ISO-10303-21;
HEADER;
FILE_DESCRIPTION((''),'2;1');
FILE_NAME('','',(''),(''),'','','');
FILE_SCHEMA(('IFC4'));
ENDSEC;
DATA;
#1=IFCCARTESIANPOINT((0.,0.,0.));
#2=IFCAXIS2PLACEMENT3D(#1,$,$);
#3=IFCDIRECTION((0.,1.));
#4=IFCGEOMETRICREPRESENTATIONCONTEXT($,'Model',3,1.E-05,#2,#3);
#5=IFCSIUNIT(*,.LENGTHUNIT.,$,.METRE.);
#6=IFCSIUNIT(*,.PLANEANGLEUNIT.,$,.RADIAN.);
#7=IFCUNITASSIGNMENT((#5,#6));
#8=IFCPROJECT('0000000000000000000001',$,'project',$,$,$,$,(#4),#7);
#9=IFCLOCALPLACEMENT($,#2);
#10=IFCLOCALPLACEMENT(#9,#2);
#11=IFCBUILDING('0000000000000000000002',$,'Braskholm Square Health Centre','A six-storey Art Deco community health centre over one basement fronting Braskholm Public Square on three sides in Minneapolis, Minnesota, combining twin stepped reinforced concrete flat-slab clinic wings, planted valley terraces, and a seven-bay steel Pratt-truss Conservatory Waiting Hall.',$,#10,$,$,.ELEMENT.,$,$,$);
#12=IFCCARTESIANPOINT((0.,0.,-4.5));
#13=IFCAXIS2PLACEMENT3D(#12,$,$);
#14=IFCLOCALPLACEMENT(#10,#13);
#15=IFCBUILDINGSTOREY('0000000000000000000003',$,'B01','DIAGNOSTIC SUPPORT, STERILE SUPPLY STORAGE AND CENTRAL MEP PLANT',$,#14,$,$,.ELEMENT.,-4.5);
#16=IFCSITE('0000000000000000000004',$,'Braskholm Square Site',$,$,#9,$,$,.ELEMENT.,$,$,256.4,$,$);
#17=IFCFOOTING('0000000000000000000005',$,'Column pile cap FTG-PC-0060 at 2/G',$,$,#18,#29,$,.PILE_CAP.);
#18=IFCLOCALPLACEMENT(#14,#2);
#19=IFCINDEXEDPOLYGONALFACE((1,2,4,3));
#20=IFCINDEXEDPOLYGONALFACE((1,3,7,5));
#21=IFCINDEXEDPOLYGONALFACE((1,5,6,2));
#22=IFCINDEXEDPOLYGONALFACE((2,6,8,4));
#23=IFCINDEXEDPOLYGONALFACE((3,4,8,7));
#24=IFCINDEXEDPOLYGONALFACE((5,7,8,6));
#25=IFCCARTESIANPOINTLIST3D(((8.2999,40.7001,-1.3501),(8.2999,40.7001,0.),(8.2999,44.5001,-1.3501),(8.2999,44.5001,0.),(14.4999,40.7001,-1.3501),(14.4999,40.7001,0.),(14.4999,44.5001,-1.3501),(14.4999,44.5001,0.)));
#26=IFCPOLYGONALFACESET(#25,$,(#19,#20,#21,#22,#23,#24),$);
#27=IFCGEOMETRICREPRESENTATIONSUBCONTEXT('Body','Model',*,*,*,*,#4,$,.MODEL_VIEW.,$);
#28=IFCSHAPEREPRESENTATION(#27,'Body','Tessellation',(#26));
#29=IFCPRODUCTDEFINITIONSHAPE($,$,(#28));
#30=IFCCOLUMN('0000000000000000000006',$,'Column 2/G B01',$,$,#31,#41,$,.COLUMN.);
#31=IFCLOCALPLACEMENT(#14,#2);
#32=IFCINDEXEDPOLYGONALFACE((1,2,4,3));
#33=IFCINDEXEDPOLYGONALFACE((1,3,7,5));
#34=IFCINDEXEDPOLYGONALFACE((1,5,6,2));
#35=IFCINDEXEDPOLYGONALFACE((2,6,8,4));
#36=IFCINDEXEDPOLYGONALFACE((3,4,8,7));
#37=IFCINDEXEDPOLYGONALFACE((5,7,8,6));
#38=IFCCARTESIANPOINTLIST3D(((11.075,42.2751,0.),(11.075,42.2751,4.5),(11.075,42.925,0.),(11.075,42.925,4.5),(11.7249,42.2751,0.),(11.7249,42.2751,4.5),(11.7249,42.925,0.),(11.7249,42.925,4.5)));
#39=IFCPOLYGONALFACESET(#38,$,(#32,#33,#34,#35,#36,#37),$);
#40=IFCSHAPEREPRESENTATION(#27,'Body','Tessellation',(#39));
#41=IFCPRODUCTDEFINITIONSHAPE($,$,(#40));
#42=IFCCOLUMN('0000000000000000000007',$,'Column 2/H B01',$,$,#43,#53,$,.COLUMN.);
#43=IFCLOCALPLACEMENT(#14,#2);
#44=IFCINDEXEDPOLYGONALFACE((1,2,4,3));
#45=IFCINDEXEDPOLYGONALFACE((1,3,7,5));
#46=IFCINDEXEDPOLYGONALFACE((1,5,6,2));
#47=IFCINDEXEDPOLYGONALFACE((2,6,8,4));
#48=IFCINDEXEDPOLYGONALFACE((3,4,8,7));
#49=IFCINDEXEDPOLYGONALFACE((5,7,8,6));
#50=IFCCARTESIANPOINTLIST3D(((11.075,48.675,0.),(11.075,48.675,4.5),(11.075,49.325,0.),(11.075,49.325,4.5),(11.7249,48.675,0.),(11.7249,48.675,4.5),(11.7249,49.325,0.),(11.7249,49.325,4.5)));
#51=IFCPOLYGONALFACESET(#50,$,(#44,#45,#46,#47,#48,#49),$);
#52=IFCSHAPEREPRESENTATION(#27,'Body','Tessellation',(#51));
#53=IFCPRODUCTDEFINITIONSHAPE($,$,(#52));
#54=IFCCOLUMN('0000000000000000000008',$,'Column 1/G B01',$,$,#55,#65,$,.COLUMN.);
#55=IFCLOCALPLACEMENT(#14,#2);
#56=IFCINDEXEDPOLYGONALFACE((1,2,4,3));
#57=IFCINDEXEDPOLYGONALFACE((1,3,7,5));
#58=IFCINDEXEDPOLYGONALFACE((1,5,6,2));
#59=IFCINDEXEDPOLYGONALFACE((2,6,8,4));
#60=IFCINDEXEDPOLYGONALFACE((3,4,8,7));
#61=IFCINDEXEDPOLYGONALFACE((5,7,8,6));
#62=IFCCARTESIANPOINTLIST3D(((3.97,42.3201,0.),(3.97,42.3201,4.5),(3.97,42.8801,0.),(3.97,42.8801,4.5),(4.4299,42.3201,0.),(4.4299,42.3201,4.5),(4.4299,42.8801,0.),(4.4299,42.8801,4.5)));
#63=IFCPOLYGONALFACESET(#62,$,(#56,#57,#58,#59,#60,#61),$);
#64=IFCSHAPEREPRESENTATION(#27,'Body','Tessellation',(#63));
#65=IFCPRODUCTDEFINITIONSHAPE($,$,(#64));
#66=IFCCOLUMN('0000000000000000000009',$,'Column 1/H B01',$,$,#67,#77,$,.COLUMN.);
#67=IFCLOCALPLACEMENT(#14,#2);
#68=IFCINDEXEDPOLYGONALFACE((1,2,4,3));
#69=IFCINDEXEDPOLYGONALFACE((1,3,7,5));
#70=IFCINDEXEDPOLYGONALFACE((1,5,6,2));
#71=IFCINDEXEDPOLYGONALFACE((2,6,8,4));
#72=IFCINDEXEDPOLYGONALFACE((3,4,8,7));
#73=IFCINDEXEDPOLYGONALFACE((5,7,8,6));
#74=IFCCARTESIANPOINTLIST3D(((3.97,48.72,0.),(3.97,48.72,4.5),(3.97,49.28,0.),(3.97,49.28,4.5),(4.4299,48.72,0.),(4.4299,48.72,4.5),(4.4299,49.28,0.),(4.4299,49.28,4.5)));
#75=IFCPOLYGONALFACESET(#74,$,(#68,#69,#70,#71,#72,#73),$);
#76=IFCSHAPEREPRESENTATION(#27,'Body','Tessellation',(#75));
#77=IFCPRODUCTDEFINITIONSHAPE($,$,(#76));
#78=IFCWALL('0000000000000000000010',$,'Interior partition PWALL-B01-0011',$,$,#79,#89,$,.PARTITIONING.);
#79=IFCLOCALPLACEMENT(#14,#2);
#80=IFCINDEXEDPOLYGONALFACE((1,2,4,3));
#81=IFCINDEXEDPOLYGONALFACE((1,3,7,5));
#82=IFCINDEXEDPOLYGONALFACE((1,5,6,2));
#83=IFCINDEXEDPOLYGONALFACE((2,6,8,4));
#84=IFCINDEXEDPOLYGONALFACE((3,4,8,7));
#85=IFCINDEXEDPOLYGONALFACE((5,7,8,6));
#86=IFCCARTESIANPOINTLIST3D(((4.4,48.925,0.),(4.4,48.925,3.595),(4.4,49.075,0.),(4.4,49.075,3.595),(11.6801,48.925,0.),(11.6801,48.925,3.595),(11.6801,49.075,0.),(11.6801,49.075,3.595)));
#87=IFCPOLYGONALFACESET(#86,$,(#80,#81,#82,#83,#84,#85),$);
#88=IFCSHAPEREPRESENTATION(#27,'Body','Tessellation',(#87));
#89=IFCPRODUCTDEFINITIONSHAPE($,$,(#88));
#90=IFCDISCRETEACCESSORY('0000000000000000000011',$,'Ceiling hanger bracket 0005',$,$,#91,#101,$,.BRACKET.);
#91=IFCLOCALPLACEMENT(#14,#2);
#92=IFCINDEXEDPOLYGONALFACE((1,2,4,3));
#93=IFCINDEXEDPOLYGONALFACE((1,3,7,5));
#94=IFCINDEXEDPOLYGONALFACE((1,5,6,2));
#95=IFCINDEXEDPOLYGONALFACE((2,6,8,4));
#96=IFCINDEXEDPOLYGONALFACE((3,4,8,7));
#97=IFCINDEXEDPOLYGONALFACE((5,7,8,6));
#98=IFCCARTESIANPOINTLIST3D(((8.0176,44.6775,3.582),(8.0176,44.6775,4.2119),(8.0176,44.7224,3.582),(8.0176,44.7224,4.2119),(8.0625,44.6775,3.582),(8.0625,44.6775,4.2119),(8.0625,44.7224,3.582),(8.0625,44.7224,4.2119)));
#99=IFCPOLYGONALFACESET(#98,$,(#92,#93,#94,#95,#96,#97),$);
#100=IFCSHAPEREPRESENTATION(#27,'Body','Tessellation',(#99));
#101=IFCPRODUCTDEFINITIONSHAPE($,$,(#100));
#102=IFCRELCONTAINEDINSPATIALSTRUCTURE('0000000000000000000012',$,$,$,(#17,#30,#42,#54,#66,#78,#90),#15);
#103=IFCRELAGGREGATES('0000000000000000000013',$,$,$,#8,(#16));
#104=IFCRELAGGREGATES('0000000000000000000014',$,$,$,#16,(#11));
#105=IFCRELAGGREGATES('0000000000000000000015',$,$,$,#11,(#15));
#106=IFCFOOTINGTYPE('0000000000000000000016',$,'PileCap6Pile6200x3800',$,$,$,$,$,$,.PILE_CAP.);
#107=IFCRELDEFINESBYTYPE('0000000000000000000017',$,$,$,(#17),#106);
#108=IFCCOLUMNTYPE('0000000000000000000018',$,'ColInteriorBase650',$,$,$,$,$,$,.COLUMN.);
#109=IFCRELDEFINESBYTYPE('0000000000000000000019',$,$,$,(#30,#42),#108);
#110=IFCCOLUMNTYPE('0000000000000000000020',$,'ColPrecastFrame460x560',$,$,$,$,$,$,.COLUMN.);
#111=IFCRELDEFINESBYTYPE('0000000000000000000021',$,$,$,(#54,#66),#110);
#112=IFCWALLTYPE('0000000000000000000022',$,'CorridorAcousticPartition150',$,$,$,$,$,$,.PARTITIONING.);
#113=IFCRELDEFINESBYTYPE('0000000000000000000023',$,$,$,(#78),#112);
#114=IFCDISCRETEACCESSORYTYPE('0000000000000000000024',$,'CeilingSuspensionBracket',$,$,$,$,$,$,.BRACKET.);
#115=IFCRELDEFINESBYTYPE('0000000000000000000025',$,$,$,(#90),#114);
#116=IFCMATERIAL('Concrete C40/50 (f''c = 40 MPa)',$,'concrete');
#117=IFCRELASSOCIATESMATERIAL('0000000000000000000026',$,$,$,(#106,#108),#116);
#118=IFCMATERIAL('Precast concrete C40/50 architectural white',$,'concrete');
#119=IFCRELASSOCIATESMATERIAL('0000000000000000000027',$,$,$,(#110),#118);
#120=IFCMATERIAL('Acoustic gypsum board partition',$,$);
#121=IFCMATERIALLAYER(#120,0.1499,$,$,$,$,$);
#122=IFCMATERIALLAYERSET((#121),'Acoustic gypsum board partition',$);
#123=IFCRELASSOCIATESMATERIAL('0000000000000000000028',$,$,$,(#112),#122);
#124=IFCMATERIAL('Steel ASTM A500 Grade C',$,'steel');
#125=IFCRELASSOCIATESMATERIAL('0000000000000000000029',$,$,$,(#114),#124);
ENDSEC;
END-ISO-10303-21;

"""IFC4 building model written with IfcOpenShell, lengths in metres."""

from ifc_helpers import new_model, si_unit, direction, frame, frame_2d, origin, origin_2d, place, context, subcontext, project, spatial, rectangle, extrude, material, layer, layer_set, material_profile, profile_set, type_object, element, save


model = new_model("IFC4")

# Units and contexts
model_context = context("Model", 3, precision=1e-05, world=origin(), true_north=direction((0.0, 1.0)))
body_context = subcontext(model_context, "Body", "Model", "MODEL_VIEW")
ifc_project = project(units=[si_unit("LENGTHUNIT", "METRE"), si_unit("PLANEANGLEUNIT", "RADIAN")], contexts=[model_context])

# Site, building, storey
site_placement = place(None, origin())
site = spatial("IfcSite", under=ifc_project, at=site_placement, Name="Braskholm Square Site", CompositionType="ELEMENT", RefElevation=256.4)
building_placement = place(site_placement, origin())
building = spatial("IfcBuilding", under=site, at=building_placement, Name="Braskholm Square Health Centre", Description="A six-storey Art Deco community health centre over one basement fronting Braskholm Public Square on three sides in Minneapolis, Minnesota, combining twin stepped reinforced concrete flat-slab clinic wings, planted valley terraces, and a seven-bay steel Pratt-truss Conservatory Waiting Hall.", CompositionType="ELEMENT")
storey_placement = place(building_placement, frame((0.0, 0.0, -4.5)))
storey = spatial("IfcBuildingStorey", under=building, at=storey_placement, Name="B01", Description="DIAGNOSTIC SUPPORT, STERILE SUPPLY STORAGE AND CENTRAL MEP PLANT", CompositionType="ELEMENT", Elevation=-4.5)

# Shared definitions
ifc_material_1 = material(Name="Concrete C40/50 (f'c = 40 MPa)", Category="concrete")

# Footing
footing_type_1 = type_object("IfcFootingType", Name="PileCap6Pile6200x3800", PredefinedType="PILE_CAP", material=ifc_material_1)
footing_1_placement = place(storey_placement, frame((11.3999, 42.6001, -1.3501), z_axis=(0.0, 0.0, 1.0), x_axis=(1.0, 0.0, 0.0)))
element("IfcFooting", 1, at=footing_1_placement, inside=storey, type_object=footing_type_1, Name="Column pile cap FTG-PC-0060 at 2/G", PredefinedType="PILE_CAP", context=body_context, shape_type="SweptSolid", body=[
    extrude(rectangle(XDim=6.2, YDim=3.8, at=origin_2d()), origin(), (0.0, 0.0, 1.0), 1.3501),
])

# Columns
ifc_material_profile_1 = material_profile(ifc_material_1, rectangle(XDim=0.6499, YDim=0.6499, at=origin_2d()), Name="RC-650X650")
ifc_profile_set_1 = profile_set([ifc_material_profile_1], Name="Concrete C40/50 (f'c = 40 MPa)")
column_type_1 = type_object("IfcColumnType", Name="ColInteriorBase650", PredefinedType="COLUMN", material=ifc_profile_set_1)
for number, where, z_axis, x_axis, name in (
    (2, (11.3999, 42.6001, 0.0), (0.0, 0.0, 1.0), (1.0, 0.0, 0.0), "Column 2/G B01"),
    (3, (11.3999, 49.0, 0.0), (0.0, 0.0, 1.0), (1.0, 0.0, 0.0), "Column 2/H B01"),
):
    element("IfcColumn", number, at=place(storey_placement, frame(where, z_axis=z_axis, x_axis=x_axis)), inside=storey, type_object=column_type_1, Name=name, PredefinedType="COLUMN", context=body_context, shape_type="SweptSolid", body=[
        extrude(rectangle(XDim=0.6499, YDim=0.6499, at=origin_2d()), origin(), (0.0, 0.0, 1.0), 4.5),
    ])
ifc_material_2 = material(Name="Precast concrete C40/50 architectural white", Category="concrete")
ifc_material_profile_2 = material_profile(ifc_material_2, rectangle(XDim=0.46, YDim=0.5601, at=origin_2d()), Name="RC-460X560")
ifc_profile_set_2 = profile_set([ifc_material_profile_2], Name="Precast concrete C40/50 architectural white")
column_type_2 = type_object("IfcColumnType", Name="ColPrecastFrame460x560", PredefinedType="COLUMN", material=ifc_profile_set_2)
for number, where, z_axis, x_axis, name in (
    (4, (4.2, 42.6001, 0.0), (0.0, 0.0, 1.0), (1.0, 0.0, 0.0), "Column 1/G B01"),
    (5, (4.2, 49.0, 0.0), (0.0, 0.0, 1.0), (1.0, 0.0, 0.0), "Column 1/H B01"),
):
    element("IfcColumn", number, at=place(storey_placement, frame(where, z_axis=z_axis, x_axis=x_axis)), inside=storey, type_object=column_type_2, Name=name, PredefinedType="COLUMN", context=body_context, shape_type="SweptSolid", body=[
        extrude(rectangle(XDim=0.46, YDim=0.5601, at=origin_2d()), origin(), (0.0, 0.0, 1.0), 4.5),
    ])

# Wall
ifc_material_3 = material(Name="Acoustic gypsum board partition")
ifc_layer = layer(ifc_material_3, 0.1499)
ifc_layer_set = layer_set([ifc_layer], Name="Acoustic gypsum board partition")
wall_type = type_object("IfcWallType", Name="CorridorAcousticPartition150", PredefinedType="PARTITIONING", material=ifc_layer_set)
wall_placement = place(storey_placement, frame((4.3999, 49.0, 0.0), z_axis=(0.0, 0.0, 1.0), x_axis=(1.0, 0.0, 0.0)))
element("IfcWall", 6, at=wall_placement, inside=storey, type_object=wall_type, Name="Interior partition PWALL-B01-0011", PredefinedType="PARTITIONING", context=body_context, shape_type="SweptSolid", body=[
    extrude(rectangle(XDim=7.28, YDim=0.1499, at=frame_2d((3.6401, 0.0))), origin(), (0.0, 0.0, 1.0), 3.595),
])

# Discrete accessory
ifc_material_4 = material(Name="Steel ASTM A500 Grade C", Category="steel")
discrete_accessory_type = type_object("IfcDiscreteAccessoryType", Name="CeilingSuspensionBracket", PredefinedType="BRACKET", material=ifc_material_4)
discrete_accessory_placement = place(storey_placement, frame((8.04, 44.7, 3.582), z_axis=(0.0, 0.0, 1.0), x_axis=(1.0, 0.0, 0.0)))
element("IfcDiscreteAccessory", 7, at=discrete_accessory_placement, inside=storey, type_object=discrete_accessory_type, Name="Ceiling hanger bracket 0005", PredefinedType="BRACKET", context=body_context, shape_type="SweptSolid", body=[
    extrude(rectangle(XDim=0.0449, YDim=0.0449, at=origin_2d()), origin(), (0.0, 0.0, 1.0), 0.6299),
])

save(model, "model.ifc")
